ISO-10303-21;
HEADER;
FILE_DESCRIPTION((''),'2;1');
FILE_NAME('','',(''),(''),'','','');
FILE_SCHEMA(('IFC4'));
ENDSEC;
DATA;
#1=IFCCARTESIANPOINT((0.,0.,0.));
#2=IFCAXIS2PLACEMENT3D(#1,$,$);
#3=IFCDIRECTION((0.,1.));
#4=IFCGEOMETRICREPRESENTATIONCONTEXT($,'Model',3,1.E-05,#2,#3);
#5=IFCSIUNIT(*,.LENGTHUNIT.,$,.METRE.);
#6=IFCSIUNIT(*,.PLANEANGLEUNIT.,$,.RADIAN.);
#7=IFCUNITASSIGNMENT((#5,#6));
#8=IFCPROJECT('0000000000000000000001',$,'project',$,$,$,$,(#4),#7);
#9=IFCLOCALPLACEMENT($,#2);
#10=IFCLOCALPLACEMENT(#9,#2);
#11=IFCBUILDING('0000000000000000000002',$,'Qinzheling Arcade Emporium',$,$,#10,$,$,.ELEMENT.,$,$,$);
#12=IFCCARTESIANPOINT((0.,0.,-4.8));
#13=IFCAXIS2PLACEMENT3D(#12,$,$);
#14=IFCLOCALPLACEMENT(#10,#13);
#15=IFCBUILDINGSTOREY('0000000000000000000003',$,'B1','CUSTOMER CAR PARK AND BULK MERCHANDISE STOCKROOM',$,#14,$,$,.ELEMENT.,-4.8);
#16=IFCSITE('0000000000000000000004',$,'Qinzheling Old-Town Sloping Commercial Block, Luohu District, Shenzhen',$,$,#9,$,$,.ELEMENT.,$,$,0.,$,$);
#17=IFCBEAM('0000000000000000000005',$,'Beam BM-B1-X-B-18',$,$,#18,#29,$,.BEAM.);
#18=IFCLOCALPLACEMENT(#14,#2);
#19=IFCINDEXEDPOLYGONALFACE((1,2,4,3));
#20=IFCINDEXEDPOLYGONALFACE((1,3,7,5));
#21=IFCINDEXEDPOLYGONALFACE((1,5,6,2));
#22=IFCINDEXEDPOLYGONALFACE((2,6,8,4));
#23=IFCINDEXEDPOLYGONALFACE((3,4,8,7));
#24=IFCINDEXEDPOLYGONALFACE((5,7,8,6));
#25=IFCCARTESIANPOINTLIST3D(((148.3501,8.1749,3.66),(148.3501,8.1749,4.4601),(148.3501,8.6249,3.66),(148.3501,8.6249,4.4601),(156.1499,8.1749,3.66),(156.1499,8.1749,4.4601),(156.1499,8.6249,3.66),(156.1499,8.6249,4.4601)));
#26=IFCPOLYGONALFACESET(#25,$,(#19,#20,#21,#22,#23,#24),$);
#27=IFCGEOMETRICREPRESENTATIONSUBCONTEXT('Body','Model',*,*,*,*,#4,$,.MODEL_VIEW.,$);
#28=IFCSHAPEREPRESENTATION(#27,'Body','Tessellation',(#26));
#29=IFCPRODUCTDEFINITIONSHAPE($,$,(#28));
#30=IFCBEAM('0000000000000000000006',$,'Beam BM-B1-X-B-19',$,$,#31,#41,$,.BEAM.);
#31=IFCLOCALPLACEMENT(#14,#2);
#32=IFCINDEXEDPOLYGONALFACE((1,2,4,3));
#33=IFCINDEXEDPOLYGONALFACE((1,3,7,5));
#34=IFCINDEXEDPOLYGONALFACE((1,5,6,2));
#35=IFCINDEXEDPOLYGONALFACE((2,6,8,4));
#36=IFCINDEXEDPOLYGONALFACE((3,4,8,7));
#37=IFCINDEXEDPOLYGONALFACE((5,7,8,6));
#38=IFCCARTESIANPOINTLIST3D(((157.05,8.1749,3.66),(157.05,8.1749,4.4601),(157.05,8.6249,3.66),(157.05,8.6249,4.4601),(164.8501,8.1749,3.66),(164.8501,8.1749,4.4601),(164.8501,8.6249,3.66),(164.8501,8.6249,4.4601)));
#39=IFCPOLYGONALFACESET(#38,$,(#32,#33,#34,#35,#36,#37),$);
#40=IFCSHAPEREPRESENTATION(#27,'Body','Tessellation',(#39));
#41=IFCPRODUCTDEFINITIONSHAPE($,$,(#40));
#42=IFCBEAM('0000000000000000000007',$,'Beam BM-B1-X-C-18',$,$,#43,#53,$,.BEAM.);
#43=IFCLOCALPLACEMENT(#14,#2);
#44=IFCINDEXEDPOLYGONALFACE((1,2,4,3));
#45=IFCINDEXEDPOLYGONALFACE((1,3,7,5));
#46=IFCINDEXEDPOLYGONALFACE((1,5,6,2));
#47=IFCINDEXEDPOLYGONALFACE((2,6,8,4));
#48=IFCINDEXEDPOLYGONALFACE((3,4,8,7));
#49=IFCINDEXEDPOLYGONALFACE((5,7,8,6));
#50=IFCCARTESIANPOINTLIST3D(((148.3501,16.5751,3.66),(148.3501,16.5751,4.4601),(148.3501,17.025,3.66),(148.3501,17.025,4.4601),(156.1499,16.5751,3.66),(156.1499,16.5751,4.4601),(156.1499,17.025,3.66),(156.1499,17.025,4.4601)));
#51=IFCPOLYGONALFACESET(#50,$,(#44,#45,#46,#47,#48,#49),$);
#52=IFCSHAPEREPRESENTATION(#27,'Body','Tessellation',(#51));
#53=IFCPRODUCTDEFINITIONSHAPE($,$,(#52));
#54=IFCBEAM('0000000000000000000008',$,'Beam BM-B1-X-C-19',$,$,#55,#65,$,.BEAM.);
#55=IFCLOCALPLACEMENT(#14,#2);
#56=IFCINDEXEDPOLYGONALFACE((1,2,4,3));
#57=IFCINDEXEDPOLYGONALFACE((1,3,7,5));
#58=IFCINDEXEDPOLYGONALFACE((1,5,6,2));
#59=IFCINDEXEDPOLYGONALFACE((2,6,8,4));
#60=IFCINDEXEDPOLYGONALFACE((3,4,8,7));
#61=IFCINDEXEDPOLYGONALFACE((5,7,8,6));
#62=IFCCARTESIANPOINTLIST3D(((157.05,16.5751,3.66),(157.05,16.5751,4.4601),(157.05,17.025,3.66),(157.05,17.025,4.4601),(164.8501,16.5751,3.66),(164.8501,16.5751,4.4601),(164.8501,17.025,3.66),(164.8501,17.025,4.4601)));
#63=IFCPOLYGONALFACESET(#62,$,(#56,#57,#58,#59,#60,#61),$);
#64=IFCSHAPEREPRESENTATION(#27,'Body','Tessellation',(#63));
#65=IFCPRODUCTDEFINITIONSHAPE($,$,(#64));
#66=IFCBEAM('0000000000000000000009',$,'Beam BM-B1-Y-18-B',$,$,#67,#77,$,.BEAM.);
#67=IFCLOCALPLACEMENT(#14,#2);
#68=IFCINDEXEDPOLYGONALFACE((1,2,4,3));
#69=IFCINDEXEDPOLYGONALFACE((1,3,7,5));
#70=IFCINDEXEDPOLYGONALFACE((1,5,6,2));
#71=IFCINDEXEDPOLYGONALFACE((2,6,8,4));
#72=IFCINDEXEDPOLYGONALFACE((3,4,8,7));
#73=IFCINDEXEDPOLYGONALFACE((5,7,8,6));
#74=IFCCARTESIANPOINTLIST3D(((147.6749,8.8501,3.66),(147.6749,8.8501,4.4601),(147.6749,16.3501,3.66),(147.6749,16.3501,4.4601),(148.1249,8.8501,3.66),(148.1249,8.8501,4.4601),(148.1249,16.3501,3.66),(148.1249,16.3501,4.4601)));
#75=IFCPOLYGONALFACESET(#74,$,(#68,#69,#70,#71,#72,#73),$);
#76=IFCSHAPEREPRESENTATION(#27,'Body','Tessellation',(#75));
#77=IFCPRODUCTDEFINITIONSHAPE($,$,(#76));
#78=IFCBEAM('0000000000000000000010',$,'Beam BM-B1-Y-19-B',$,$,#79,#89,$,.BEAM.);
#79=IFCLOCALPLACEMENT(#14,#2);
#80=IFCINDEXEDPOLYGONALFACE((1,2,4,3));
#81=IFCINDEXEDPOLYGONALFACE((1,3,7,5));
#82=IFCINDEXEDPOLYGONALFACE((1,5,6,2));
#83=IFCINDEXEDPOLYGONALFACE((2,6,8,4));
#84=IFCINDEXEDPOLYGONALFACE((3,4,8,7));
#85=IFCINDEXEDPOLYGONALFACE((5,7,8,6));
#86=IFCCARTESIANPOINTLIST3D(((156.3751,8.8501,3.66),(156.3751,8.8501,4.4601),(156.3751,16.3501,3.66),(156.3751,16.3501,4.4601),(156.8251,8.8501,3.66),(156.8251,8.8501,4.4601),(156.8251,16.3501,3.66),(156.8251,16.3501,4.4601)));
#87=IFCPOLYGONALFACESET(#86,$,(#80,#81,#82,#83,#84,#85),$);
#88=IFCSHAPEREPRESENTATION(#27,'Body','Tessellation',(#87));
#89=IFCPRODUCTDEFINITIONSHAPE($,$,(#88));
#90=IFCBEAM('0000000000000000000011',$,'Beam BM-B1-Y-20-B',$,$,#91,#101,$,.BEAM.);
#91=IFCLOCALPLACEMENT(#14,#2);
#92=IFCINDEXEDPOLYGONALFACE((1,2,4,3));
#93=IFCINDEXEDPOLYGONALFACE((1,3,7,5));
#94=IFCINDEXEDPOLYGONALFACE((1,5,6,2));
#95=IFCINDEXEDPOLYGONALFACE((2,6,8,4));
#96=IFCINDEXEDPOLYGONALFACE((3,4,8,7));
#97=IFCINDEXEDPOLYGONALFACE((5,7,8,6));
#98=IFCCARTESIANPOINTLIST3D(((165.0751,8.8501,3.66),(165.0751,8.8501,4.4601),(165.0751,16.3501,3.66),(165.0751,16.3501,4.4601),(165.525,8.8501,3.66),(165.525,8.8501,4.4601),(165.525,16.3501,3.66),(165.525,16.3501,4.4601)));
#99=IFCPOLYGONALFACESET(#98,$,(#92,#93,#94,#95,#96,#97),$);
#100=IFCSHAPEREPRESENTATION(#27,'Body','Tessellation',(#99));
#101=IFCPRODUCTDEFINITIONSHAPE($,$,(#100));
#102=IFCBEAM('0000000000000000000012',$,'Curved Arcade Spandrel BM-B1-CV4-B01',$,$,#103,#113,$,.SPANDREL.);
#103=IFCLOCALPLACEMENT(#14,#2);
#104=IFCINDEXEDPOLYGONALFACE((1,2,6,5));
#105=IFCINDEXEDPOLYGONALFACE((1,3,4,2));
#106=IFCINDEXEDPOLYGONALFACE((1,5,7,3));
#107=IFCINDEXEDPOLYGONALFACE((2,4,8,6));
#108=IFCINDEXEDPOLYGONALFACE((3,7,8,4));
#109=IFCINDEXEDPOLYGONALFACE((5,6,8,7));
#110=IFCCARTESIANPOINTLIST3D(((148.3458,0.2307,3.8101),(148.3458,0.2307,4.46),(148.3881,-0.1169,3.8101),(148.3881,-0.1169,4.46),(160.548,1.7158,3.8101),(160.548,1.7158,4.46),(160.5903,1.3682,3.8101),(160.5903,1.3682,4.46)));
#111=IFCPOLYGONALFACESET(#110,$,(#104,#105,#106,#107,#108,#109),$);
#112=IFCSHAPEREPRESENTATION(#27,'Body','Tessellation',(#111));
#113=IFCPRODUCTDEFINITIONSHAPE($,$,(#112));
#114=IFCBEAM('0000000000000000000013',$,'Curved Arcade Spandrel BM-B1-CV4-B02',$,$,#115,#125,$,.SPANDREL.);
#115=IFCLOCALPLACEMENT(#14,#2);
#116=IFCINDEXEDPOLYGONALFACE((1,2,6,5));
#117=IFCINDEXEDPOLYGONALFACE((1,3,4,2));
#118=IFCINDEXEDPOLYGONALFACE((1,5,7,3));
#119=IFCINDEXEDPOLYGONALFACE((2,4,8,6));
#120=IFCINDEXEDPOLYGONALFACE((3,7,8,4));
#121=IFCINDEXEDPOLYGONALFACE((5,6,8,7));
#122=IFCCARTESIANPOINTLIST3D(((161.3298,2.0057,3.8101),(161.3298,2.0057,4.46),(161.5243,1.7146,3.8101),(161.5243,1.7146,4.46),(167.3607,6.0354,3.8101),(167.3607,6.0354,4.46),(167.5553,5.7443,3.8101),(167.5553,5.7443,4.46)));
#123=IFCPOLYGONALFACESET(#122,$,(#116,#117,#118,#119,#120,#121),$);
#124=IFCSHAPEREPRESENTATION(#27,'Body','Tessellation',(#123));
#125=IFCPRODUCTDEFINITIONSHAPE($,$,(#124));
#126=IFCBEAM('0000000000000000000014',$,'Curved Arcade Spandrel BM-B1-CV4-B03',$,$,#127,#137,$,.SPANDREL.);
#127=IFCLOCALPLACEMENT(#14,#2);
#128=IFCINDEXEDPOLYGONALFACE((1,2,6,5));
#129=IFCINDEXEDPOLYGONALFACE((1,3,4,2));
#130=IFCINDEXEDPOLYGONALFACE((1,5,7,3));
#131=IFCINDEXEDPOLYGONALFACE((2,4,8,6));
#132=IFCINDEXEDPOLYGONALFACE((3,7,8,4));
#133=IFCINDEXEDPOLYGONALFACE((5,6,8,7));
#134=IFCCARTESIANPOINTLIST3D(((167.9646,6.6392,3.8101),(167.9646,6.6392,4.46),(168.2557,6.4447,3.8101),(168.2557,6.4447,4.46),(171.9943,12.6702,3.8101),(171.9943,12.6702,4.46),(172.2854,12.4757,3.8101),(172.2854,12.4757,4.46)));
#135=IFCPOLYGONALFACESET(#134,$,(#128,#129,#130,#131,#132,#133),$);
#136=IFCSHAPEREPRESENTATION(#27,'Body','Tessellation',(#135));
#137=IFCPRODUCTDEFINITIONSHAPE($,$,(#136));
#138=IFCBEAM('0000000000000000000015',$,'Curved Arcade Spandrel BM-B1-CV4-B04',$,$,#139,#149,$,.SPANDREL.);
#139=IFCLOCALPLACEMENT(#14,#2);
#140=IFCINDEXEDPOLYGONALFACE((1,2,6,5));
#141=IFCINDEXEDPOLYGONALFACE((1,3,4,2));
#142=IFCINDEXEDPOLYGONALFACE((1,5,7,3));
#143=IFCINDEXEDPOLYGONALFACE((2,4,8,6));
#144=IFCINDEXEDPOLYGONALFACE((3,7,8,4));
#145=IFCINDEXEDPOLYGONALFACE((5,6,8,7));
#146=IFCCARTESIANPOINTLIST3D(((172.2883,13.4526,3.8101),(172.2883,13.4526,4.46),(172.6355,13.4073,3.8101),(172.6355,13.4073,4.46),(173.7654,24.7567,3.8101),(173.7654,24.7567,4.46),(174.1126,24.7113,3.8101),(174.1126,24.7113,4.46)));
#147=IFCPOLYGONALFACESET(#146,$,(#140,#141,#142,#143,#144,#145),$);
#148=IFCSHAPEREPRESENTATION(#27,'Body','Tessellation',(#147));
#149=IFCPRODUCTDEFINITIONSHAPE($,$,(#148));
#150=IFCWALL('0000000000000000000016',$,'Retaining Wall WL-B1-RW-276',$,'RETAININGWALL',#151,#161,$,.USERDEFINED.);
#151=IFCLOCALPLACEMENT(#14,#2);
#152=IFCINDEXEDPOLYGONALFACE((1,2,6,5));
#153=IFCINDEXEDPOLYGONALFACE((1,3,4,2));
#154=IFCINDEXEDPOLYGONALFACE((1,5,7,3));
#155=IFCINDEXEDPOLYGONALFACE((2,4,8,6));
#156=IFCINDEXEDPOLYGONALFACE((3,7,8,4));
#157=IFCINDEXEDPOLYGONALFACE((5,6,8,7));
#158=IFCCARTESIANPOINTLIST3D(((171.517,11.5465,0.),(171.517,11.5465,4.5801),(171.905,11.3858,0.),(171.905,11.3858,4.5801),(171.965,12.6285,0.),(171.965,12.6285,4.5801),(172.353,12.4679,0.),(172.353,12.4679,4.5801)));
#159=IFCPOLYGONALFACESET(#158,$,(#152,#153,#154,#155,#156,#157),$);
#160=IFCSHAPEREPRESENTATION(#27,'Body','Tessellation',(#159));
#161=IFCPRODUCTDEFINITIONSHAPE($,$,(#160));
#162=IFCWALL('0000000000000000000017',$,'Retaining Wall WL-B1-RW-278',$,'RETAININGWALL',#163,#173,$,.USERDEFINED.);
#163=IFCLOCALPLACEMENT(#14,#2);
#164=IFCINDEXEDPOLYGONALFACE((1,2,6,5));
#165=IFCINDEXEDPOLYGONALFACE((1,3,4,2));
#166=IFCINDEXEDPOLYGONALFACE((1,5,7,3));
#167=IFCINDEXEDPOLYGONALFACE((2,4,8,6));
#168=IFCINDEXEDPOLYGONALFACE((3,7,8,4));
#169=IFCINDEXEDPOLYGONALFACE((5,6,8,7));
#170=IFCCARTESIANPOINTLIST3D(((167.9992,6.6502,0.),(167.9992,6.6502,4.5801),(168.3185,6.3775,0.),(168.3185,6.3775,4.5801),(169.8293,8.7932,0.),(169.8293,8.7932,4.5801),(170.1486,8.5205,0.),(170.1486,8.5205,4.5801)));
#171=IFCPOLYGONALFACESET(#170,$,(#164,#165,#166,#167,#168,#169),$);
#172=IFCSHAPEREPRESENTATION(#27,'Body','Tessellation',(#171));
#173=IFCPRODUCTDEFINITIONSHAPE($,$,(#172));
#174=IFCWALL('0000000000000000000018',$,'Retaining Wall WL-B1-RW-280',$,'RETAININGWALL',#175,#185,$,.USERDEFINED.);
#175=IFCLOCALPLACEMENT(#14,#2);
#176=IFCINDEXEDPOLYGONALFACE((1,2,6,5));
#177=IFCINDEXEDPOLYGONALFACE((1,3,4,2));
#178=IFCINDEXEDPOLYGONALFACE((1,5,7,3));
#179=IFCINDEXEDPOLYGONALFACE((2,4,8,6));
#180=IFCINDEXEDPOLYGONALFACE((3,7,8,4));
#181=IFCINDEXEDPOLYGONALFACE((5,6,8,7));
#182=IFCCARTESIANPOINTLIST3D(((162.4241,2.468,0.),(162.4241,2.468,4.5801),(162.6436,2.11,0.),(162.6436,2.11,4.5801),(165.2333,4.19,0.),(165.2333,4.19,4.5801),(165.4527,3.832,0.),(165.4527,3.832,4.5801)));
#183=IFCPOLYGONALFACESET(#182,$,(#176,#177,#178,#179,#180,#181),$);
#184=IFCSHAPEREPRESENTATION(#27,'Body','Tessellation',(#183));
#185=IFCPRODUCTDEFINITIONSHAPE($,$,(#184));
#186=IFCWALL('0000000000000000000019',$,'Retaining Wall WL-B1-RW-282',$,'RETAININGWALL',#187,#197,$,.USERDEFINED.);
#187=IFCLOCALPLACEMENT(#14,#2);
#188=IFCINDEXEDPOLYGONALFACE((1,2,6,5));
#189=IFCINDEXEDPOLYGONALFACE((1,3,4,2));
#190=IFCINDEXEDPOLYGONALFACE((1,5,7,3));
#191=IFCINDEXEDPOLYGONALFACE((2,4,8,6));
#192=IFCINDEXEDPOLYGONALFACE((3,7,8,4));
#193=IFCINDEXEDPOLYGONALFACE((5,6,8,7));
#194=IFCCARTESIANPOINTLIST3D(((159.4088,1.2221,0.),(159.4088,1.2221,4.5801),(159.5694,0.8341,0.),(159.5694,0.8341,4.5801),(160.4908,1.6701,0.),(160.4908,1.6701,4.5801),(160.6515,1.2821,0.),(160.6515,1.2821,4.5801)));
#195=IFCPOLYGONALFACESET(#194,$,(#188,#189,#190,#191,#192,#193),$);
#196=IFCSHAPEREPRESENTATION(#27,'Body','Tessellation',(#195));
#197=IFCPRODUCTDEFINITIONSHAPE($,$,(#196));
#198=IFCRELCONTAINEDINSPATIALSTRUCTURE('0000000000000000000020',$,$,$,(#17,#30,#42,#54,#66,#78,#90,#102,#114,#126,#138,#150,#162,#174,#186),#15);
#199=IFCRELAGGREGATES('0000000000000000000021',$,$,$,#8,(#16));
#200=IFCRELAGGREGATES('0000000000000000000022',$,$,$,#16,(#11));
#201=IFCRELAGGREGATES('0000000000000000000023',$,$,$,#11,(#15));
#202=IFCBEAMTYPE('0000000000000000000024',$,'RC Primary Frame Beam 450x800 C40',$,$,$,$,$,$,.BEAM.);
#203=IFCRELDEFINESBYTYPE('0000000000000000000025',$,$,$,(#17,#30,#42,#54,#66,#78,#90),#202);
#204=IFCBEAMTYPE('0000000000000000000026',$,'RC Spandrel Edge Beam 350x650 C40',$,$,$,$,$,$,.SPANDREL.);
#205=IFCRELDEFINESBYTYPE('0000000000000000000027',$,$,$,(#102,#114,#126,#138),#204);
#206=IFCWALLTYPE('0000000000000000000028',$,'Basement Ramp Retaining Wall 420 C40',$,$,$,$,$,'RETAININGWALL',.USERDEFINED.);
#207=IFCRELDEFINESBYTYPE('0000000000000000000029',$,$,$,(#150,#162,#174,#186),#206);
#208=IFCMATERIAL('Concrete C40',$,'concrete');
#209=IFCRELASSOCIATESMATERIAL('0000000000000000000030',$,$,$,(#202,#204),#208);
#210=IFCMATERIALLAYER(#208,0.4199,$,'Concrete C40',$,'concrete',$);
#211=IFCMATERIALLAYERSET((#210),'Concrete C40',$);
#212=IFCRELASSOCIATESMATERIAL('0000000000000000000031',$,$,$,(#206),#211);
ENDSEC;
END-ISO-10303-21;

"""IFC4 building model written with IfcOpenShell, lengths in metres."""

from ifc_helpers import new_model, si_unit, direction, frame, frame_2d, origin, origin_2d, place, context, subcontext, project, spatial, rectangle, extrude, material, layer, layer_set, material_profile, profile_set, type_object, element, save


model = new_model("IFC4")

# Units and contexts
model_context = context("Model", 3, precision=1e-05, world=origin(), true_north=direction((0.0, 1.0)))
body_context = subcontext(model_context, "Body", "Model", "MODEL_VIEW")
ifc_project = project(units=[si_unit("LENGTHUNIT", "METRE"), si_unit("PLANEANGLEUNIT", "RADIAN")], contexts=[model_context])

# Site, building, storey
site_placement = place(None, origin())
site = spatial("IfcSite", under=ifc_project, at=site_placement, Name="Qinzheling Old-Town Sloping Commercial Block, Luohu District, Shenzhen", CompositionType="ELEMENT", RefElevation=0.0)
building_placement = place(site_placement, origin())
building = spatial("IfcBuilding", under=site, at=building_placement, Name="Qinzheling Arcade Emporium", CompositionType="ELEMENT")
storey_placement = place(building_placement, frame((0.0, 0.0, -4.8)))
storey = spatial("IfcBuildingStorey", under=building, at=storey_placement, Name="B1", Description="CUSTOMER CAR PARK AND BULK MERCHANDISE STOCKROOM", CompositionType="ELEMENT", Elevation=-4.8)

# Beams
ifc_material_1 = material(Name="Concrete C40", Category="concrete")
ifc_material_profile_1 = material_profile(ifc_material_1, rectangle(XDim=0.45, YDim=0.8, at=origin_2d()), Name="RC 450x800", Category="concrete")
ifc_profile_set_1 = profile_set([ifc_material_profile_1], Name="Concrete C40")
beam_type_1 = type_object("IfcBeamType", Name="RC Primary Frame Beam 450x800 C40", PredefinedType="BEAM", material=ifc_profile_set_1)
beam_1_placement = place(storey_placement, frame((148.3501, 8.3999, 4.0601), z_axis=(1.0, 0.0, 0.0), x_axis=(0.0, 1.0, 0.0)))
element("IfcBeam", 1, at=beam_1_placement, inside=storey, type_object=beam_type_1, Name="Beam BM-B1-X-B-18", PredefinedType="BEAM", context=body_context, shape_type="SweptSolid", body=[
    extrude(rectangle(XDim=0.45, YDim=0.8, at=origin_2d()), origin(), (0.0, 0.0, 1.0), 7.7998),
])
beam_2_placement = place(storey_placement, frame((157.05, 8.3999, 4.0601), z_axis=(1.0, 0.0, 0.0), x_axis=(0.0, 1.0, 0.0)))
element("IfcBeam", 2, at=beam_2_placement, inside=storey, type_object=beam_type_1, Name="Beam BM-B1-X-B-19", PredefinedType="BEAM", context=body_context, shape_type="SweptSolid", body=[
    extrude(rectangle(XDim=0.45, YDim=0.8, at=origin_2d()), origin(), (0.0, 0.0, 1.0), 7.8),
])
beam_3_placement = place(storey_placement, frame((148.3501, 16.8, 4.0601), z_axis=(1.0, 0.0, 0.0), x_axis=(0.0, 1.0, 0.0)))
element("IfcBeam", 3, at=beam_3_placement, inside=storey, type_object=beam_type_1, Name="Beam BM-B1-X-C-18", PredefinedType="BEAM", context=body_context, shape_type="SweptSolid", body=[
    extrude(rectangle(XDim=0.45, YDim=0.8, at=origin_2d()), origin(), (0.0, 0.0, 1.0), 7.7998),
])
beam_4_placement = place(storey_placement, frame((157.05, 16.8, 4.0601), z_axis=(1.0, 0.0, 0.0), x_axis=(0.0, 1.0, 0.0)))
element("IfcBeam", 4, at=beam_4_placement, inside=storey, type_object=beam_type_1, Name="Beam BM-B1-X-C-19", PredefinedType="BEAM", context=body_context, shape_type="SweptSolid", body=[
    extrude(rectangle(XDim=0.45, YDim=0.8, at=origin_2d()), origin(), (0.0, 0.0, 1.0), 7.8),
])
for number, where, z_axis, x_axis, name in (
    (5, (147.8999, 8.8501, 4.0601), (0.0, 1.0, 0.0), (-1.0, 0.0, 0.0), "Beam BM-B1-Y-18-B"),
    (6, (156.6001, 8.8501, 4.0601), (0.0, 1.0, 0.0), (-1.0, 0.0, 0.0), "Beam BM-B1-Y-19-B"),
    (7, (165.3, 8.8501, 4.0601), (0.0, 1.0, 0.0), (-1.0, 0.0, 0.0), "Beam BM-B1-Y-20-B"),
):
    element("IfcBeam", number, at=place(storey_placement, frame(where, z_axis=z_axis, x_axis=x_axis)), inside=storey, type_object=beam_type_1, Name=name, PredefinedType="BEAM", context=body_context, shape_type="SweptSolid", body=[
        extrude(rectangle(XDim=0.45, YDim=0.8, at=origin_2d()), origin(), (0.0, 0.0, 1.0), 7.5),
    ])
ifc_material_profile_2 = material_profile(ifc_material_1, rectangle(XDim=0.3501, YDim=0.6499, at=origin_2d()), Name="RC 350x650", Category="concrete")
ifc_profile_set_2 = profile_set([ifc_material_profile_2], Name="Concrete C40")
beam_type_2 = type_object("IfcBeamType", Name="RC Spandrel Edge Beam 350x650 C40", PredefinedType="SPANDREL", material=ifc_profile_set_2)
beam_5_placement = place(storey_placement, frame((148.3669, 0.0569, 4.135), z_axis=(0.992675, 0.120817, 0.0), x_axis=(-0.120817, 0.992675, 0.0)))
element("IfcBeam", 8, at=beam_5_placement, inside=storey, type_object=beam_type_2, Name="Curved Arcade Spandrel BM-B1-CV4-B01", PredefinedType="SPANDREL", context=body_context, shape_type="SweptSolid", body=[
    extrude(rectangle(XDim=0.3501, YDim=0.6499, at=origin_2d()), origin(), (0.0, 0.0, 1.0), 12.2922),
])
for number, where, z_axis, x_axis, name in (
    (9, (161.427, 1.8601, 4.135), (0.83147, 0.55557, 0.0), (-0.55557, 0.83147, 0.0), "Curved Arcade Spandrel BM-B1-CV4-B02"),
    (10, (168.1101, 6.542, 4.135), (0.55557, 0.83147, 0.0), (-0.83147, 0.55557, 0.0), "Curved Arcade Spandrel BM-B1-CV4-B03"),
):
    element("IfcBeam", number, at=place(storey_placement, frame(where, z_axis=z_axis, x_axis=x_axis)), inside=storey, type_object=beam_type_2, Name=name, PredefinedType="SPANDREL", context=body_context, shape_type="SweptSolid", body=[
        extrude(rectangle(XDim=0.3501, YDim=0.6499, at=origin_2d()), origin(), (0.0, 0.0, 1.0), 7.2534),
    ])
beam_6_placement = place(storey_placement, frame((172.4619, 13.4299, 4.135), z_axis=(0.129565, 0.991571, 0.0), x_axis=(-0.991571, 0.129565, 0.0)))
element("IfcBeam", 11, at=beam_6_placement, inside=storey, type_object=beam_type_2, Name="Curved Arcade Spandrel BM-B1-CV4-B04", PredefinedType="SPANDREL", context=body_context, shape_type="SweptSolid", body=[
    extrude(rectangle(XDim=0.3501, YDim=0.6499, at=origin_2d()), origin(), (0.0, 0.0, 1.0), 11.4001),
])

# Walls
ifc_layer_1 = layer(ifc_material_1, 0.4199, Name="Concrete C40", Category="concrete")
ifc_layer_set_1 = layer_set([ifc_layer_1], Name="Concrete C40")
wall_type_1 = type_object("IfcWallType", Name="Basement Ramp Retaining Wall 420 C40", ElementType="RETAININGWALL", PredefinedType="USERDEFINED", material=ifc_layer_set_1)
wall_1_placement = place(storey_placement, frame((172.1589, 12.5481, 0.0), z_axis=(0.0, 0.0, 1.0), x_axis=(-0.382542, -0.923938, 0.0)))
element("IfcWall", 12, at=wall_1_placement, inside=storey, type_object=wall_type_1, Name="Retaining Wall WL-B1-RW-276", ObjectType="RETAININGWALL", PredefinedType="USERDEFINED", context=body_context, shape_type="SweptSolid", body=[
    extrude(rectangle(XDim=1.1711, YDim=0.4199, at=frame_2d((0.5854, 0.0))), origin(), (0.0, 0.0, 1.0), 4.5801),
])
wall_2_placement = place(storey_placement, frame((169.989, 8.657, 0.0), z_axis=(0.0, 0.0, 1.0), x_axis=(-0.649392, -0.760454, 0.0)))
element("IfcWall", 13, at=wall_2_placement, inside=storey, type_object=wall_type_1, Name="Retaining Wall WL-B1-RW-278", ObjectType="RETAININGWALL", PredefinedType="USERDEFINED", context=body_context, shape_type="SweptSolid", body=[
    extrude(rectangle(XDim=2.8181, YDim=0.4199, at=frame_2d((1.4092, 0.0))), origin(), (0.0, 0.0, 1.0), 4.5801),
])
wall_3_placement = place(storey_placement, frame((165.343, 4.011, 0.0), z_axis=(0.0, 0.0, 1.0), x_axis=(-0.85257, -0.522612, 0.0)))
element("IfcWall", 14, at=wall_3_placement, inside=storey, type_object=wall_type_1, Name="Retaining Wall WL-B1-RW-280", ObjectType="RETAININGWALL", PredefinedType="USERDEFINED", context=body_context, shape_type="SweptSolid", body=[
    extrude(rectangle(XDim=3.2949, YDim=0.4199, at=frame_2d((1.6475, 0.0))), origin(), (0.0, 0.0, 1.0), 4.5801),
])
wall_4_placement = place(storey_placement, frame((160.571, 1.4761, 0.0), z_axis=(0.0, 0.0, 1.0), x_axis=(-0.923938, -0.382542, 0.0)))
element("IfcWall", 15, at=wall_4_placement, inside=storey, type_object=wall_type_1, Name="Retaining Wall WL-B1-RW-282", ObjectType="RETAININGWALL", PredefinedType="USERDEFINED", context=body_context, shape_type="SweptSolid", body=[
    extrude(rectangle(XDim=1.1711, YDim=0.4199, at=frame_2d((0.5854, 0.0))), origin(), (0.0, 0.0, 1.0), 4.5801),
])

save(model, "model.ifc")
